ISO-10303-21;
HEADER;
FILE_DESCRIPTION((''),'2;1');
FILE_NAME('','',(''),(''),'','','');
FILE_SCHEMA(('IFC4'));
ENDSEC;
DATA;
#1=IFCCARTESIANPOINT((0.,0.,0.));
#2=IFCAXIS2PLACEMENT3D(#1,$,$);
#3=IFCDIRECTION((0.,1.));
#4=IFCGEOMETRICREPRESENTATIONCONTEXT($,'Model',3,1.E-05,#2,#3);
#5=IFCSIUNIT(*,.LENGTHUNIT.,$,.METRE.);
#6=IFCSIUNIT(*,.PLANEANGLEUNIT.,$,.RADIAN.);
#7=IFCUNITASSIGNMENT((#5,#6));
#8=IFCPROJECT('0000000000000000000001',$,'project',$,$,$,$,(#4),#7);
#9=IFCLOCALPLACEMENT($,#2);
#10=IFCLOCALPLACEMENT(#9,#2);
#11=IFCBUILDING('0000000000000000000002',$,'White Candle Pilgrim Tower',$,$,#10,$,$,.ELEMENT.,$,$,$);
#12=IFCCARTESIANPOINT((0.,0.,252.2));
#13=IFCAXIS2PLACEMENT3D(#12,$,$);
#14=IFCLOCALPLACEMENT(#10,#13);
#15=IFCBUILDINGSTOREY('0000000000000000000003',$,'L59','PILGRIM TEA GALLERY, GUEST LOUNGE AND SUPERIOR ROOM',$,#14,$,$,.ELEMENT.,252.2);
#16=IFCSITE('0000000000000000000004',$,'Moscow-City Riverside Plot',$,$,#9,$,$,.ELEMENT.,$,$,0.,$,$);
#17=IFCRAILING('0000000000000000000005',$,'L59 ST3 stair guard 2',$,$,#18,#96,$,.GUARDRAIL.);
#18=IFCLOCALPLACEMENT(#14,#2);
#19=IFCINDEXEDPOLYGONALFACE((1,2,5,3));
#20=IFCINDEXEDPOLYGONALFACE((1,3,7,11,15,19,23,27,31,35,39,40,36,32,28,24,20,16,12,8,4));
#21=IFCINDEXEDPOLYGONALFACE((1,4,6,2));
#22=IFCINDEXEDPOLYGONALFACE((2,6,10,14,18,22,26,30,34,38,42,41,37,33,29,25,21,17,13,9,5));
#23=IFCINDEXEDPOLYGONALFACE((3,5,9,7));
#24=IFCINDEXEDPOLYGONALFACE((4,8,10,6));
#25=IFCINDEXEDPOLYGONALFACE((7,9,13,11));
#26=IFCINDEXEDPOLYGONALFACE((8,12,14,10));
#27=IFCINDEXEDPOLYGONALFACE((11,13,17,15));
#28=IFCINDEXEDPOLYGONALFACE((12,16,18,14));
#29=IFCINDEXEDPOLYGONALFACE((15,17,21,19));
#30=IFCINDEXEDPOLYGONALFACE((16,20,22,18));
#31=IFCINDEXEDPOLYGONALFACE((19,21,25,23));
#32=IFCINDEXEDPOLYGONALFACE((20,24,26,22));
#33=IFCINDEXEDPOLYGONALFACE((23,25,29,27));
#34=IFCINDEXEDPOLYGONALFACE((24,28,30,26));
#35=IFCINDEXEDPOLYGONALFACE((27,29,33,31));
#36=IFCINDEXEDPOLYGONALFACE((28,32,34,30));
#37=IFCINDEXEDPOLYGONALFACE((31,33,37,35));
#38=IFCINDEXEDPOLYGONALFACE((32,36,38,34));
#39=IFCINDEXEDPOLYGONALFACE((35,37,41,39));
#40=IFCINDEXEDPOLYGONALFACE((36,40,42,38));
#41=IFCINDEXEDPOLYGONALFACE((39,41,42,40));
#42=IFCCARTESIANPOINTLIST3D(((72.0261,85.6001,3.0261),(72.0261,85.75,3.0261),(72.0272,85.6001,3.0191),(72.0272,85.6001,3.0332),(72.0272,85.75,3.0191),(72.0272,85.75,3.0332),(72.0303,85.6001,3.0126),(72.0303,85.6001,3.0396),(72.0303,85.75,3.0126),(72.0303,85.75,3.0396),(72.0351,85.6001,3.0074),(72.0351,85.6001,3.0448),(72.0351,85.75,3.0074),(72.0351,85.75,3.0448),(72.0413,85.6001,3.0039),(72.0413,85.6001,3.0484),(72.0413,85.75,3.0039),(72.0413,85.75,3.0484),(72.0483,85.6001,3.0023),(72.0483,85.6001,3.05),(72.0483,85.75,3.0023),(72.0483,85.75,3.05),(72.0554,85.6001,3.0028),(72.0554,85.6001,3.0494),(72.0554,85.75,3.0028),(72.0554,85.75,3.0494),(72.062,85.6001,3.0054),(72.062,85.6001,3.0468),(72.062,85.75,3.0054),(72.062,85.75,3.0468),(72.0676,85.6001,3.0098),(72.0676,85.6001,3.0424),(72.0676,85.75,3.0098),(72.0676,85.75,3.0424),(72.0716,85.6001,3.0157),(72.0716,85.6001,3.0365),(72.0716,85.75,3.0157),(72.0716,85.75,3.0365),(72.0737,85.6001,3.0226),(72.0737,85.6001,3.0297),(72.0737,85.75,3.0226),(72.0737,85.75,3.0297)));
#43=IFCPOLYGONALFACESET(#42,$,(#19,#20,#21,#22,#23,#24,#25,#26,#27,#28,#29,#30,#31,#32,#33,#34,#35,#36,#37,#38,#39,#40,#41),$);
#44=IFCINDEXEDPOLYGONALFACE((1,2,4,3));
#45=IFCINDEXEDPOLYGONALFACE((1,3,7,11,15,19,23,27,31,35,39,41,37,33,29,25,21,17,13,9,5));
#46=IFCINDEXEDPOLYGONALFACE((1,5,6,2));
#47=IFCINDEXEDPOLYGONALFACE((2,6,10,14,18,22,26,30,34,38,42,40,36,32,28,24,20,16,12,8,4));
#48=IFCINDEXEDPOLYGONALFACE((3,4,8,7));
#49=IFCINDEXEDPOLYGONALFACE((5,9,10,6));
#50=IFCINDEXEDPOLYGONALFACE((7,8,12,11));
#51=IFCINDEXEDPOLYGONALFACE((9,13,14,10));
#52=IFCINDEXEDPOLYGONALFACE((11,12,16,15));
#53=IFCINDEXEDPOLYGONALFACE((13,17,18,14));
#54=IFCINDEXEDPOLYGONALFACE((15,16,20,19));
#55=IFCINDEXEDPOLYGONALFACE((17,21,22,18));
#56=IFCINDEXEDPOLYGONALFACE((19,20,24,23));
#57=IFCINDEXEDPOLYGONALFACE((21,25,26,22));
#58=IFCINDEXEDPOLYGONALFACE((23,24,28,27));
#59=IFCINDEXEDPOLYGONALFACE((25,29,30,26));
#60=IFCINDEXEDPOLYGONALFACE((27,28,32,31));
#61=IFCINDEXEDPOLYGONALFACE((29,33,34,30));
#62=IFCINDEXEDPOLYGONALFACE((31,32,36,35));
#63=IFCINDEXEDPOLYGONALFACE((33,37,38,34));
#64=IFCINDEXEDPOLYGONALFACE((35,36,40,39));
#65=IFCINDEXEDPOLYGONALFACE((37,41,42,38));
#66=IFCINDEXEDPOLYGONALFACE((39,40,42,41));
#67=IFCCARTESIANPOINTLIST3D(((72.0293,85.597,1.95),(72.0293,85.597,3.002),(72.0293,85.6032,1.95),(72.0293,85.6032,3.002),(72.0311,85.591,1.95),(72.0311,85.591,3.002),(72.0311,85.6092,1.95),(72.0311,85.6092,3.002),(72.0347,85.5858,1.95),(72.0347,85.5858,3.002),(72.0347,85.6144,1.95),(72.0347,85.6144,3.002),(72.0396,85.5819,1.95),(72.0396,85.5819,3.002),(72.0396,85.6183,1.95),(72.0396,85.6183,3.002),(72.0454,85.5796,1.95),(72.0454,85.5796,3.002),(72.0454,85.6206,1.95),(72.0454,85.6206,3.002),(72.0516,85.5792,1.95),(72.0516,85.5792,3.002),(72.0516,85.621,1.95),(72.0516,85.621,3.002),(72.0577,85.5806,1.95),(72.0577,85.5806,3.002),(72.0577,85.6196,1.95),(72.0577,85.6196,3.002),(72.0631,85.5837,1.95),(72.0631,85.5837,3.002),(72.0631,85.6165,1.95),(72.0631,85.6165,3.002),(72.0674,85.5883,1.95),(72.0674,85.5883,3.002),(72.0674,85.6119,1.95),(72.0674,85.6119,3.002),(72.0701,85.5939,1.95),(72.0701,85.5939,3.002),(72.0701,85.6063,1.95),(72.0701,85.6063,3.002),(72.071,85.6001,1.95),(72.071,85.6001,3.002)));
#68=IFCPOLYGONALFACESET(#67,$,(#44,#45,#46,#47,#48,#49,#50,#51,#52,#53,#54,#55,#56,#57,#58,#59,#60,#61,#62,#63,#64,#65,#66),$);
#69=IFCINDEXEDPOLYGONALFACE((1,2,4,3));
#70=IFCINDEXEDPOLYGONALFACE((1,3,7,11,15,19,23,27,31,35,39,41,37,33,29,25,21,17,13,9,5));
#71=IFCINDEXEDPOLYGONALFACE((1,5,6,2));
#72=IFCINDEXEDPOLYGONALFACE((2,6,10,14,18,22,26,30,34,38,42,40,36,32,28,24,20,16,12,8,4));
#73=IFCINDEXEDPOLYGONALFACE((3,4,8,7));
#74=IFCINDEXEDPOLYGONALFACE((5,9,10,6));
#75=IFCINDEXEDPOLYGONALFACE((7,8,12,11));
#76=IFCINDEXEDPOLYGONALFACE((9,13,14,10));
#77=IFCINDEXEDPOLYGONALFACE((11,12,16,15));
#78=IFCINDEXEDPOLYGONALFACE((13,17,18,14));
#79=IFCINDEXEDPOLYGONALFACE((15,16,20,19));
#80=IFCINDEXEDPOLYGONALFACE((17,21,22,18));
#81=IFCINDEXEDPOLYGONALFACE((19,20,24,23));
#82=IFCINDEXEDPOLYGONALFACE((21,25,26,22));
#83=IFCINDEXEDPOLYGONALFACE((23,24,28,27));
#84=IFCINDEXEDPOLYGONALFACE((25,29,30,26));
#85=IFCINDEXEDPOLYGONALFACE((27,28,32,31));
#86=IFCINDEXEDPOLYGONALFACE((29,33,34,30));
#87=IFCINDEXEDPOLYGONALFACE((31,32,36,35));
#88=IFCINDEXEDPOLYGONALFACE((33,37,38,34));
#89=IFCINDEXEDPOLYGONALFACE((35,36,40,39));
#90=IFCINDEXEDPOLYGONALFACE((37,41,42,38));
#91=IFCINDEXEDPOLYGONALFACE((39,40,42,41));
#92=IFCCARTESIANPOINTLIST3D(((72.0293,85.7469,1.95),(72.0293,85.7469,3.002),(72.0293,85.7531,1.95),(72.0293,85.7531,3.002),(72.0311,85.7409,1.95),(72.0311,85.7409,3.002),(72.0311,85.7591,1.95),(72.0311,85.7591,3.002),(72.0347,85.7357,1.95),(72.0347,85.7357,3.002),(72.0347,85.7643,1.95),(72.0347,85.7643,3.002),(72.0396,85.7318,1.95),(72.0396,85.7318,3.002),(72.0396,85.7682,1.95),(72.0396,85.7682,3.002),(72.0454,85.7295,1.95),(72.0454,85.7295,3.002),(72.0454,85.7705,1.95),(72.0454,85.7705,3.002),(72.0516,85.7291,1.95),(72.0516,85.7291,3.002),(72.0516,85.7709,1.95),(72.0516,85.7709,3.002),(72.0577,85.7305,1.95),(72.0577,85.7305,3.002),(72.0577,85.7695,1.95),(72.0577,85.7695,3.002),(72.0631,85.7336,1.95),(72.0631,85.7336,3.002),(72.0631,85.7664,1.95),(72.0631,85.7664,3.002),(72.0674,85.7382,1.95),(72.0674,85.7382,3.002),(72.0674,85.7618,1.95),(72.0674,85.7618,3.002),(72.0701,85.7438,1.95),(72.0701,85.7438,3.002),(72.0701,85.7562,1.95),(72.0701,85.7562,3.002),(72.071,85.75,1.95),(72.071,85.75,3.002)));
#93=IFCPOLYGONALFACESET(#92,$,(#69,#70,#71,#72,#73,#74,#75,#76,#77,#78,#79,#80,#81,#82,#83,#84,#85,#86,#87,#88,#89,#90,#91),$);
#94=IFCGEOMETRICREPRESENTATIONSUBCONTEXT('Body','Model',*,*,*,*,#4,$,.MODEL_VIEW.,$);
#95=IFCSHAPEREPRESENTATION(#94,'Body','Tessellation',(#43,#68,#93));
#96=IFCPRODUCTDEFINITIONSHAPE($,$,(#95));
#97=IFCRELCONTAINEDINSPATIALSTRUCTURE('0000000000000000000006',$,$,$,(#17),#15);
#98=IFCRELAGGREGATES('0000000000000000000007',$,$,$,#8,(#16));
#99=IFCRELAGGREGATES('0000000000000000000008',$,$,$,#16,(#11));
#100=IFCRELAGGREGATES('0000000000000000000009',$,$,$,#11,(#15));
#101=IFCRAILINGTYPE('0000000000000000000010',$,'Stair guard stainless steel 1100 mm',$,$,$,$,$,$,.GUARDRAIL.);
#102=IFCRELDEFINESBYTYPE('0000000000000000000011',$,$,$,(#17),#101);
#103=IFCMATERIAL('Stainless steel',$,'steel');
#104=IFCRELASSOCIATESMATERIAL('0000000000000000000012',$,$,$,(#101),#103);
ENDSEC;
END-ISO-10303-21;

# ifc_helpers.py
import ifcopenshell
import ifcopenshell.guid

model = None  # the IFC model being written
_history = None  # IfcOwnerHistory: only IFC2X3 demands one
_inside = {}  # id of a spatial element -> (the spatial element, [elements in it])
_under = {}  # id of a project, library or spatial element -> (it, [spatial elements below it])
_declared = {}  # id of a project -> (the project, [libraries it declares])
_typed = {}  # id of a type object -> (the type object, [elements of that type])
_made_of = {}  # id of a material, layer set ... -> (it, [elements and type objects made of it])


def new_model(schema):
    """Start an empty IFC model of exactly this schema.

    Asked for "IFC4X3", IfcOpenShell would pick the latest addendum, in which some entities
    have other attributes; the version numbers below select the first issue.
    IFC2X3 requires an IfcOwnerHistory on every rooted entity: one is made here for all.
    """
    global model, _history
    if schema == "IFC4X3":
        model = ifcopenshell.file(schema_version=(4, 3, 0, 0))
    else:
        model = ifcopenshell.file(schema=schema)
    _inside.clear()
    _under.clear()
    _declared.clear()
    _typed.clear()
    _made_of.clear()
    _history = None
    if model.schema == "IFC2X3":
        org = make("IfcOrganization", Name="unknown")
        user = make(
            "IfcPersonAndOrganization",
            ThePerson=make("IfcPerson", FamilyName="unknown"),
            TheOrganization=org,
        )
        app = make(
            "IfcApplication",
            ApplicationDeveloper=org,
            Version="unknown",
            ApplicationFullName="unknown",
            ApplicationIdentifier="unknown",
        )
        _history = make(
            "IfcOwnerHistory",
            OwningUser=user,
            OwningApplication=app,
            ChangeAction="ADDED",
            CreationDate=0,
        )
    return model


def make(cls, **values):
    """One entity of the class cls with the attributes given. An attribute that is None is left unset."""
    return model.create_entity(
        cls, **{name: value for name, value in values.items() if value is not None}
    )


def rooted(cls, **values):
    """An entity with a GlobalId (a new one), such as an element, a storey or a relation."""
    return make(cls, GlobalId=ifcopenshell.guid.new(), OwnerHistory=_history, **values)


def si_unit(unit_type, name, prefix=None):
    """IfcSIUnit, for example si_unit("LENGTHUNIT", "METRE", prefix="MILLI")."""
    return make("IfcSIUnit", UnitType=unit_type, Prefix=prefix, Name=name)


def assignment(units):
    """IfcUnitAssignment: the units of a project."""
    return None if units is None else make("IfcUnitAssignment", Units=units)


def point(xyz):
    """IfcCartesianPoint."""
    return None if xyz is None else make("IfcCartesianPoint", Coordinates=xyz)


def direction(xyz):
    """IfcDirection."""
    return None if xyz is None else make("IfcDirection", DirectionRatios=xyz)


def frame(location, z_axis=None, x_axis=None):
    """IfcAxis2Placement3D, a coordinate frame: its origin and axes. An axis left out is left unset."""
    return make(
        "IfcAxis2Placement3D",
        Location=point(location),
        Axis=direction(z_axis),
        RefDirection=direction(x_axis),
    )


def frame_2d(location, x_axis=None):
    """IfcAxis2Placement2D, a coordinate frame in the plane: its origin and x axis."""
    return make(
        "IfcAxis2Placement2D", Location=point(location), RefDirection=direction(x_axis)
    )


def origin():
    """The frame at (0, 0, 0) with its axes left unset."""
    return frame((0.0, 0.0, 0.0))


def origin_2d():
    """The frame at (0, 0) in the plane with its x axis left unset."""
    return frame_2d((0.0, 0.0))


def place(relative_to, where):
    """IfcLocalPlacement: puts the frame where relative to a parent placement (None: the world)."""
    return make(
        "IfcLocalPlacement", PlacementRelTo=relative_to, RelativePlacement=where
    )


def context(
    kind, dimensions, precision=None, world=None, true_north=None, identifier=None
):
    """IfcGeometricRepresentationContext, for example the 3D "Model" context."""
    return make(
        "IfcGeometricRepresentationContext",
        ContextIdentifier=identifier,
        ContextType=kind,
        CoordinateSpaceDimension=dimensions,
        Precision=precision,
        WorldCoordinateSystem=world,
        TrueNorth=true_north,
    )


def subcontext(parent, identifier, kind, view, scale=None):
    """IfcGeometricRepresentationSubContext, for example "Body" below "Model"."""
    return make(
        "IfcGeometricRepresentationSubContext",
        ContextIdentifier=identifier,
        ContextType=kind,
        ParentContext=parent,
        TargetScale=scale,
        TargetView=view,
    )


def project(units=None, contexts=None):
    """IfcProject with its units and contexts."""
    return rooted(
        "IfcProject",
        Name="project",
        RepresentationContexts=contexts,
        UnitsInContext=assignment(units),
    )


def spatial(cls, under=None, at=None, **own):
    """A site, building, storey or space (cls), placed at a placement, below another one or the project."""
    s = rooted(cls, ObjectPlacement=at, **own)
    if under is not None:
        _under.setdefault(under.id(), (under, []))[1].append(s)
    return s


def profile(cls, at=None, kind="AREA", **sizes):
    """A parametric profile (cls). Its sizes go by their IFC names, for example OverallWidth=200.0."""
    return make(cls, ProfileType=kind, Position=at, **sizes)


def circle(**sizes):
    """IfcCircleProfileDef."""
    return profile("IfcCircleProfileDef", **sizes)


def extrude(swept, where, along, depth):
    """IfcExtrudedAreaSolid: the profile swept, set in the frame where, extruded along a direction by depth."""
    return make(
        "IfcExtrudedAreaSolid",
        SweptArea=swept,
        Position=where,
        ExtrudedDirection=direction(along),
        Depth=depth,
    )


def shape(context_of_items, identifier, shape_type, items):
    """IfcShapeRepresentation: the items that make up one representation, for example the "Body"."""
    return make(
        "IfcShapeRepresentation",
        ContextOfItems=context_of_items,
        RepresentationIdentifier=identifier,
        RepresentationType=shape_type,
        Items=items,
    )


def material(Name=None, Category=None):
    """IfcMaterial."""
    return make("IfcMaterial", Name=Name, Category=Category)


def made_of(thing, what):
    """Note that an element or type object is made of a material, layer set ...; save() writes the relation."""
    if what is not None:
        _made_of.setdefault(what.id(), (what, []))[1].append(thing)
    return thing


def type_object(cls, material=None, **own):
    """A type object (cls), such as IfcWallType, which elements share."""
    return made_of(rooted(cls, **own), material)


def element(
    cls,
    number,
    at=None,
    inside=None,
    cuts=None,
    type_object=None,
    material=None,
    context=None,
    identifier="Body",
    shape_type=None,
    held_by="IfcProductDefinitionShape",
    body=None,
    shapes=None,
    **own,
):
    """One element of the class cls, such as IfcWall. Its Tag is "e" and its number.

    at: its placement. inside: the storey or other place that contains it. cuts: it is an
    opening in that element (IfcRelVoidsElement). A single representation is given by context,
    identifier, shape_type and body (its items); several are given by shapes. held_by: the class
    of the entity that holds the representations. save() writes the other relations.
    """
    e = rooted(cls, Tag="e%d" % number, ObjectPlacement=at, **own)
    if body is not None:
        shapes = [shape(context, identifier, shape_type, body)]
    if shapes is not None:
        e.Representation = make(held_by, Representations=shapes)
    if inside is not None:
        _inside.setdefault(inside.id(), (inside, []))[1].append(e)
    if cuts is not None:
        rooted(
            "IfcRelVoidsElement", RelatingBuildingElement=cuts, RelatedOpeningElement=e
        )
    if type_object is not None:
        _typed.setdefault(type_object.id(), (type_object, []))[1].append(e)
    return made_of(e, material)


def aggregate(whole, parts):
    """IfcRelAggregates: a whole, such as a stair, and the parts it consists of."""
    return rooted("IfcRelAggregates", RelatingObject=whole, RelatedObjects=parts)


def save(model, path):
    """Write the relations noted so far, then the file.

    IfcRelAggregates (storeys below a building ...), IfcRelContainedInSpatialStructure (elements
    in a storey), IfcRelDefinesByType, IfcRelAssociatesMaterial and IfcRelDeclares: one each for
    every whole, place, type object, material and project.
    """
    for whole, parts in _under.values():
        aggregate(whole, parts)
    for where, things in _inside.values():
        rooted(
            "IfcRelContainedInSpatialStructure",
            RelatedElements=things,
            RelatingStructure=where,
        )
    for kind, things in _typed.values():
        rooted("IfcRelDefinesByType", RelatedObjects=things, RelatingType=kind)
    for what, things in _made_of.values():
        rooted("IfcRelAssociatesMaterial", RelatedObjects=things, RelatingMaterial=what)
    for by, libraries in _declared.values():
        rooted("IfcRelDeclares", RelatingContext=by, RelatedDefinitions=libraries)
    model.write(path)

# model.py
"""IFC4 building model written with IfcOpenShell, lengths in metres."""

from ifc_helpers import new_model, si_unit, direction, frame, origin, origin_2d, place, context, subcontext, project, spatial, circle, extrude, material, type_object, element, save


model = new_model("IFC4")

# Units and contexts
model_context = context("Model", 3, precision=1e-05, world=origin(), true_north=direction((0.0, 1.0)))
body_context = subcontext(model_context, "Body", "Model", "MODEL_VIEW")
ifc_project = project(units=[si_unit("LENGTHUNIT", "METRE"), si_unit("PLANEANGLEUNIT", "RADIAN")], contexts=[model_context])

# Site, building, storey
site_placement = place(None, origin())
site = spatial("IfcSite", under=ifc_project, at=site_placement, Name="Moscow-City Riverside Plot", CompositionType="ELEMENT", RefElevation=0.0)
building_placement = place(site_placement, origin())
building = spatial("IfcBuilding", under=site, at=building_placement, Name="White Candle Pilgrim Tower", CompositionType="ELEMENT")
storey_placement = place(building_placement, frame((0.0, 0.0, 252.2)))
storey = spatial("IfcBuildingStorey", under=building, at=storey_placement, Name="L59", Description="PILGRIM TEA GALLERY, GUEST LOUNGE AND SUPERIOR ROOM", CompositionType="ELEMENT", Elevation=252.2)

# Railing
ifc_material_1 = material(Name="Stainless steel", Category="steel")
railing_type_1 = type_object("IfcRailingType", Name="Stair guard stainless steel 1100 mm", PredefinedType="GUARDRAIL", material=ifc_material_1)
railing_1_placement = place(storey_placement, frame((72.05, 85.6001, 1.95)))
element("IfcRailing", 1, at=railing_1_placement, inside=storey, type_object=railing_type_1, Name="L59 ST3 stair guard 2", PredefinedType="GUARDRAIL", context=body_context, shape_type="SweptSolid", body=[
    extrude(circle(Radius=0.0239, at=origin_2d()), frame((0.0, 0.0, 1.0762), z_axis=(0.0, 1.0, 0.0), x_axis=(-1.0, 0.0, 0.0)), (0.0, 0.0, 1.0), 0.1499),
    extrude(circle(Radius=0.021, at=origin_2d()), origin(), (0.0, 0.0, 1.0), 1.052),
    extrude(circle(Radius=0.021, at=origin_2d()), frame((0.0, 0.1499, 0.0)), (0.0, 0.0, 1.0), 1.052),
])

save(model, "model.ifc")
